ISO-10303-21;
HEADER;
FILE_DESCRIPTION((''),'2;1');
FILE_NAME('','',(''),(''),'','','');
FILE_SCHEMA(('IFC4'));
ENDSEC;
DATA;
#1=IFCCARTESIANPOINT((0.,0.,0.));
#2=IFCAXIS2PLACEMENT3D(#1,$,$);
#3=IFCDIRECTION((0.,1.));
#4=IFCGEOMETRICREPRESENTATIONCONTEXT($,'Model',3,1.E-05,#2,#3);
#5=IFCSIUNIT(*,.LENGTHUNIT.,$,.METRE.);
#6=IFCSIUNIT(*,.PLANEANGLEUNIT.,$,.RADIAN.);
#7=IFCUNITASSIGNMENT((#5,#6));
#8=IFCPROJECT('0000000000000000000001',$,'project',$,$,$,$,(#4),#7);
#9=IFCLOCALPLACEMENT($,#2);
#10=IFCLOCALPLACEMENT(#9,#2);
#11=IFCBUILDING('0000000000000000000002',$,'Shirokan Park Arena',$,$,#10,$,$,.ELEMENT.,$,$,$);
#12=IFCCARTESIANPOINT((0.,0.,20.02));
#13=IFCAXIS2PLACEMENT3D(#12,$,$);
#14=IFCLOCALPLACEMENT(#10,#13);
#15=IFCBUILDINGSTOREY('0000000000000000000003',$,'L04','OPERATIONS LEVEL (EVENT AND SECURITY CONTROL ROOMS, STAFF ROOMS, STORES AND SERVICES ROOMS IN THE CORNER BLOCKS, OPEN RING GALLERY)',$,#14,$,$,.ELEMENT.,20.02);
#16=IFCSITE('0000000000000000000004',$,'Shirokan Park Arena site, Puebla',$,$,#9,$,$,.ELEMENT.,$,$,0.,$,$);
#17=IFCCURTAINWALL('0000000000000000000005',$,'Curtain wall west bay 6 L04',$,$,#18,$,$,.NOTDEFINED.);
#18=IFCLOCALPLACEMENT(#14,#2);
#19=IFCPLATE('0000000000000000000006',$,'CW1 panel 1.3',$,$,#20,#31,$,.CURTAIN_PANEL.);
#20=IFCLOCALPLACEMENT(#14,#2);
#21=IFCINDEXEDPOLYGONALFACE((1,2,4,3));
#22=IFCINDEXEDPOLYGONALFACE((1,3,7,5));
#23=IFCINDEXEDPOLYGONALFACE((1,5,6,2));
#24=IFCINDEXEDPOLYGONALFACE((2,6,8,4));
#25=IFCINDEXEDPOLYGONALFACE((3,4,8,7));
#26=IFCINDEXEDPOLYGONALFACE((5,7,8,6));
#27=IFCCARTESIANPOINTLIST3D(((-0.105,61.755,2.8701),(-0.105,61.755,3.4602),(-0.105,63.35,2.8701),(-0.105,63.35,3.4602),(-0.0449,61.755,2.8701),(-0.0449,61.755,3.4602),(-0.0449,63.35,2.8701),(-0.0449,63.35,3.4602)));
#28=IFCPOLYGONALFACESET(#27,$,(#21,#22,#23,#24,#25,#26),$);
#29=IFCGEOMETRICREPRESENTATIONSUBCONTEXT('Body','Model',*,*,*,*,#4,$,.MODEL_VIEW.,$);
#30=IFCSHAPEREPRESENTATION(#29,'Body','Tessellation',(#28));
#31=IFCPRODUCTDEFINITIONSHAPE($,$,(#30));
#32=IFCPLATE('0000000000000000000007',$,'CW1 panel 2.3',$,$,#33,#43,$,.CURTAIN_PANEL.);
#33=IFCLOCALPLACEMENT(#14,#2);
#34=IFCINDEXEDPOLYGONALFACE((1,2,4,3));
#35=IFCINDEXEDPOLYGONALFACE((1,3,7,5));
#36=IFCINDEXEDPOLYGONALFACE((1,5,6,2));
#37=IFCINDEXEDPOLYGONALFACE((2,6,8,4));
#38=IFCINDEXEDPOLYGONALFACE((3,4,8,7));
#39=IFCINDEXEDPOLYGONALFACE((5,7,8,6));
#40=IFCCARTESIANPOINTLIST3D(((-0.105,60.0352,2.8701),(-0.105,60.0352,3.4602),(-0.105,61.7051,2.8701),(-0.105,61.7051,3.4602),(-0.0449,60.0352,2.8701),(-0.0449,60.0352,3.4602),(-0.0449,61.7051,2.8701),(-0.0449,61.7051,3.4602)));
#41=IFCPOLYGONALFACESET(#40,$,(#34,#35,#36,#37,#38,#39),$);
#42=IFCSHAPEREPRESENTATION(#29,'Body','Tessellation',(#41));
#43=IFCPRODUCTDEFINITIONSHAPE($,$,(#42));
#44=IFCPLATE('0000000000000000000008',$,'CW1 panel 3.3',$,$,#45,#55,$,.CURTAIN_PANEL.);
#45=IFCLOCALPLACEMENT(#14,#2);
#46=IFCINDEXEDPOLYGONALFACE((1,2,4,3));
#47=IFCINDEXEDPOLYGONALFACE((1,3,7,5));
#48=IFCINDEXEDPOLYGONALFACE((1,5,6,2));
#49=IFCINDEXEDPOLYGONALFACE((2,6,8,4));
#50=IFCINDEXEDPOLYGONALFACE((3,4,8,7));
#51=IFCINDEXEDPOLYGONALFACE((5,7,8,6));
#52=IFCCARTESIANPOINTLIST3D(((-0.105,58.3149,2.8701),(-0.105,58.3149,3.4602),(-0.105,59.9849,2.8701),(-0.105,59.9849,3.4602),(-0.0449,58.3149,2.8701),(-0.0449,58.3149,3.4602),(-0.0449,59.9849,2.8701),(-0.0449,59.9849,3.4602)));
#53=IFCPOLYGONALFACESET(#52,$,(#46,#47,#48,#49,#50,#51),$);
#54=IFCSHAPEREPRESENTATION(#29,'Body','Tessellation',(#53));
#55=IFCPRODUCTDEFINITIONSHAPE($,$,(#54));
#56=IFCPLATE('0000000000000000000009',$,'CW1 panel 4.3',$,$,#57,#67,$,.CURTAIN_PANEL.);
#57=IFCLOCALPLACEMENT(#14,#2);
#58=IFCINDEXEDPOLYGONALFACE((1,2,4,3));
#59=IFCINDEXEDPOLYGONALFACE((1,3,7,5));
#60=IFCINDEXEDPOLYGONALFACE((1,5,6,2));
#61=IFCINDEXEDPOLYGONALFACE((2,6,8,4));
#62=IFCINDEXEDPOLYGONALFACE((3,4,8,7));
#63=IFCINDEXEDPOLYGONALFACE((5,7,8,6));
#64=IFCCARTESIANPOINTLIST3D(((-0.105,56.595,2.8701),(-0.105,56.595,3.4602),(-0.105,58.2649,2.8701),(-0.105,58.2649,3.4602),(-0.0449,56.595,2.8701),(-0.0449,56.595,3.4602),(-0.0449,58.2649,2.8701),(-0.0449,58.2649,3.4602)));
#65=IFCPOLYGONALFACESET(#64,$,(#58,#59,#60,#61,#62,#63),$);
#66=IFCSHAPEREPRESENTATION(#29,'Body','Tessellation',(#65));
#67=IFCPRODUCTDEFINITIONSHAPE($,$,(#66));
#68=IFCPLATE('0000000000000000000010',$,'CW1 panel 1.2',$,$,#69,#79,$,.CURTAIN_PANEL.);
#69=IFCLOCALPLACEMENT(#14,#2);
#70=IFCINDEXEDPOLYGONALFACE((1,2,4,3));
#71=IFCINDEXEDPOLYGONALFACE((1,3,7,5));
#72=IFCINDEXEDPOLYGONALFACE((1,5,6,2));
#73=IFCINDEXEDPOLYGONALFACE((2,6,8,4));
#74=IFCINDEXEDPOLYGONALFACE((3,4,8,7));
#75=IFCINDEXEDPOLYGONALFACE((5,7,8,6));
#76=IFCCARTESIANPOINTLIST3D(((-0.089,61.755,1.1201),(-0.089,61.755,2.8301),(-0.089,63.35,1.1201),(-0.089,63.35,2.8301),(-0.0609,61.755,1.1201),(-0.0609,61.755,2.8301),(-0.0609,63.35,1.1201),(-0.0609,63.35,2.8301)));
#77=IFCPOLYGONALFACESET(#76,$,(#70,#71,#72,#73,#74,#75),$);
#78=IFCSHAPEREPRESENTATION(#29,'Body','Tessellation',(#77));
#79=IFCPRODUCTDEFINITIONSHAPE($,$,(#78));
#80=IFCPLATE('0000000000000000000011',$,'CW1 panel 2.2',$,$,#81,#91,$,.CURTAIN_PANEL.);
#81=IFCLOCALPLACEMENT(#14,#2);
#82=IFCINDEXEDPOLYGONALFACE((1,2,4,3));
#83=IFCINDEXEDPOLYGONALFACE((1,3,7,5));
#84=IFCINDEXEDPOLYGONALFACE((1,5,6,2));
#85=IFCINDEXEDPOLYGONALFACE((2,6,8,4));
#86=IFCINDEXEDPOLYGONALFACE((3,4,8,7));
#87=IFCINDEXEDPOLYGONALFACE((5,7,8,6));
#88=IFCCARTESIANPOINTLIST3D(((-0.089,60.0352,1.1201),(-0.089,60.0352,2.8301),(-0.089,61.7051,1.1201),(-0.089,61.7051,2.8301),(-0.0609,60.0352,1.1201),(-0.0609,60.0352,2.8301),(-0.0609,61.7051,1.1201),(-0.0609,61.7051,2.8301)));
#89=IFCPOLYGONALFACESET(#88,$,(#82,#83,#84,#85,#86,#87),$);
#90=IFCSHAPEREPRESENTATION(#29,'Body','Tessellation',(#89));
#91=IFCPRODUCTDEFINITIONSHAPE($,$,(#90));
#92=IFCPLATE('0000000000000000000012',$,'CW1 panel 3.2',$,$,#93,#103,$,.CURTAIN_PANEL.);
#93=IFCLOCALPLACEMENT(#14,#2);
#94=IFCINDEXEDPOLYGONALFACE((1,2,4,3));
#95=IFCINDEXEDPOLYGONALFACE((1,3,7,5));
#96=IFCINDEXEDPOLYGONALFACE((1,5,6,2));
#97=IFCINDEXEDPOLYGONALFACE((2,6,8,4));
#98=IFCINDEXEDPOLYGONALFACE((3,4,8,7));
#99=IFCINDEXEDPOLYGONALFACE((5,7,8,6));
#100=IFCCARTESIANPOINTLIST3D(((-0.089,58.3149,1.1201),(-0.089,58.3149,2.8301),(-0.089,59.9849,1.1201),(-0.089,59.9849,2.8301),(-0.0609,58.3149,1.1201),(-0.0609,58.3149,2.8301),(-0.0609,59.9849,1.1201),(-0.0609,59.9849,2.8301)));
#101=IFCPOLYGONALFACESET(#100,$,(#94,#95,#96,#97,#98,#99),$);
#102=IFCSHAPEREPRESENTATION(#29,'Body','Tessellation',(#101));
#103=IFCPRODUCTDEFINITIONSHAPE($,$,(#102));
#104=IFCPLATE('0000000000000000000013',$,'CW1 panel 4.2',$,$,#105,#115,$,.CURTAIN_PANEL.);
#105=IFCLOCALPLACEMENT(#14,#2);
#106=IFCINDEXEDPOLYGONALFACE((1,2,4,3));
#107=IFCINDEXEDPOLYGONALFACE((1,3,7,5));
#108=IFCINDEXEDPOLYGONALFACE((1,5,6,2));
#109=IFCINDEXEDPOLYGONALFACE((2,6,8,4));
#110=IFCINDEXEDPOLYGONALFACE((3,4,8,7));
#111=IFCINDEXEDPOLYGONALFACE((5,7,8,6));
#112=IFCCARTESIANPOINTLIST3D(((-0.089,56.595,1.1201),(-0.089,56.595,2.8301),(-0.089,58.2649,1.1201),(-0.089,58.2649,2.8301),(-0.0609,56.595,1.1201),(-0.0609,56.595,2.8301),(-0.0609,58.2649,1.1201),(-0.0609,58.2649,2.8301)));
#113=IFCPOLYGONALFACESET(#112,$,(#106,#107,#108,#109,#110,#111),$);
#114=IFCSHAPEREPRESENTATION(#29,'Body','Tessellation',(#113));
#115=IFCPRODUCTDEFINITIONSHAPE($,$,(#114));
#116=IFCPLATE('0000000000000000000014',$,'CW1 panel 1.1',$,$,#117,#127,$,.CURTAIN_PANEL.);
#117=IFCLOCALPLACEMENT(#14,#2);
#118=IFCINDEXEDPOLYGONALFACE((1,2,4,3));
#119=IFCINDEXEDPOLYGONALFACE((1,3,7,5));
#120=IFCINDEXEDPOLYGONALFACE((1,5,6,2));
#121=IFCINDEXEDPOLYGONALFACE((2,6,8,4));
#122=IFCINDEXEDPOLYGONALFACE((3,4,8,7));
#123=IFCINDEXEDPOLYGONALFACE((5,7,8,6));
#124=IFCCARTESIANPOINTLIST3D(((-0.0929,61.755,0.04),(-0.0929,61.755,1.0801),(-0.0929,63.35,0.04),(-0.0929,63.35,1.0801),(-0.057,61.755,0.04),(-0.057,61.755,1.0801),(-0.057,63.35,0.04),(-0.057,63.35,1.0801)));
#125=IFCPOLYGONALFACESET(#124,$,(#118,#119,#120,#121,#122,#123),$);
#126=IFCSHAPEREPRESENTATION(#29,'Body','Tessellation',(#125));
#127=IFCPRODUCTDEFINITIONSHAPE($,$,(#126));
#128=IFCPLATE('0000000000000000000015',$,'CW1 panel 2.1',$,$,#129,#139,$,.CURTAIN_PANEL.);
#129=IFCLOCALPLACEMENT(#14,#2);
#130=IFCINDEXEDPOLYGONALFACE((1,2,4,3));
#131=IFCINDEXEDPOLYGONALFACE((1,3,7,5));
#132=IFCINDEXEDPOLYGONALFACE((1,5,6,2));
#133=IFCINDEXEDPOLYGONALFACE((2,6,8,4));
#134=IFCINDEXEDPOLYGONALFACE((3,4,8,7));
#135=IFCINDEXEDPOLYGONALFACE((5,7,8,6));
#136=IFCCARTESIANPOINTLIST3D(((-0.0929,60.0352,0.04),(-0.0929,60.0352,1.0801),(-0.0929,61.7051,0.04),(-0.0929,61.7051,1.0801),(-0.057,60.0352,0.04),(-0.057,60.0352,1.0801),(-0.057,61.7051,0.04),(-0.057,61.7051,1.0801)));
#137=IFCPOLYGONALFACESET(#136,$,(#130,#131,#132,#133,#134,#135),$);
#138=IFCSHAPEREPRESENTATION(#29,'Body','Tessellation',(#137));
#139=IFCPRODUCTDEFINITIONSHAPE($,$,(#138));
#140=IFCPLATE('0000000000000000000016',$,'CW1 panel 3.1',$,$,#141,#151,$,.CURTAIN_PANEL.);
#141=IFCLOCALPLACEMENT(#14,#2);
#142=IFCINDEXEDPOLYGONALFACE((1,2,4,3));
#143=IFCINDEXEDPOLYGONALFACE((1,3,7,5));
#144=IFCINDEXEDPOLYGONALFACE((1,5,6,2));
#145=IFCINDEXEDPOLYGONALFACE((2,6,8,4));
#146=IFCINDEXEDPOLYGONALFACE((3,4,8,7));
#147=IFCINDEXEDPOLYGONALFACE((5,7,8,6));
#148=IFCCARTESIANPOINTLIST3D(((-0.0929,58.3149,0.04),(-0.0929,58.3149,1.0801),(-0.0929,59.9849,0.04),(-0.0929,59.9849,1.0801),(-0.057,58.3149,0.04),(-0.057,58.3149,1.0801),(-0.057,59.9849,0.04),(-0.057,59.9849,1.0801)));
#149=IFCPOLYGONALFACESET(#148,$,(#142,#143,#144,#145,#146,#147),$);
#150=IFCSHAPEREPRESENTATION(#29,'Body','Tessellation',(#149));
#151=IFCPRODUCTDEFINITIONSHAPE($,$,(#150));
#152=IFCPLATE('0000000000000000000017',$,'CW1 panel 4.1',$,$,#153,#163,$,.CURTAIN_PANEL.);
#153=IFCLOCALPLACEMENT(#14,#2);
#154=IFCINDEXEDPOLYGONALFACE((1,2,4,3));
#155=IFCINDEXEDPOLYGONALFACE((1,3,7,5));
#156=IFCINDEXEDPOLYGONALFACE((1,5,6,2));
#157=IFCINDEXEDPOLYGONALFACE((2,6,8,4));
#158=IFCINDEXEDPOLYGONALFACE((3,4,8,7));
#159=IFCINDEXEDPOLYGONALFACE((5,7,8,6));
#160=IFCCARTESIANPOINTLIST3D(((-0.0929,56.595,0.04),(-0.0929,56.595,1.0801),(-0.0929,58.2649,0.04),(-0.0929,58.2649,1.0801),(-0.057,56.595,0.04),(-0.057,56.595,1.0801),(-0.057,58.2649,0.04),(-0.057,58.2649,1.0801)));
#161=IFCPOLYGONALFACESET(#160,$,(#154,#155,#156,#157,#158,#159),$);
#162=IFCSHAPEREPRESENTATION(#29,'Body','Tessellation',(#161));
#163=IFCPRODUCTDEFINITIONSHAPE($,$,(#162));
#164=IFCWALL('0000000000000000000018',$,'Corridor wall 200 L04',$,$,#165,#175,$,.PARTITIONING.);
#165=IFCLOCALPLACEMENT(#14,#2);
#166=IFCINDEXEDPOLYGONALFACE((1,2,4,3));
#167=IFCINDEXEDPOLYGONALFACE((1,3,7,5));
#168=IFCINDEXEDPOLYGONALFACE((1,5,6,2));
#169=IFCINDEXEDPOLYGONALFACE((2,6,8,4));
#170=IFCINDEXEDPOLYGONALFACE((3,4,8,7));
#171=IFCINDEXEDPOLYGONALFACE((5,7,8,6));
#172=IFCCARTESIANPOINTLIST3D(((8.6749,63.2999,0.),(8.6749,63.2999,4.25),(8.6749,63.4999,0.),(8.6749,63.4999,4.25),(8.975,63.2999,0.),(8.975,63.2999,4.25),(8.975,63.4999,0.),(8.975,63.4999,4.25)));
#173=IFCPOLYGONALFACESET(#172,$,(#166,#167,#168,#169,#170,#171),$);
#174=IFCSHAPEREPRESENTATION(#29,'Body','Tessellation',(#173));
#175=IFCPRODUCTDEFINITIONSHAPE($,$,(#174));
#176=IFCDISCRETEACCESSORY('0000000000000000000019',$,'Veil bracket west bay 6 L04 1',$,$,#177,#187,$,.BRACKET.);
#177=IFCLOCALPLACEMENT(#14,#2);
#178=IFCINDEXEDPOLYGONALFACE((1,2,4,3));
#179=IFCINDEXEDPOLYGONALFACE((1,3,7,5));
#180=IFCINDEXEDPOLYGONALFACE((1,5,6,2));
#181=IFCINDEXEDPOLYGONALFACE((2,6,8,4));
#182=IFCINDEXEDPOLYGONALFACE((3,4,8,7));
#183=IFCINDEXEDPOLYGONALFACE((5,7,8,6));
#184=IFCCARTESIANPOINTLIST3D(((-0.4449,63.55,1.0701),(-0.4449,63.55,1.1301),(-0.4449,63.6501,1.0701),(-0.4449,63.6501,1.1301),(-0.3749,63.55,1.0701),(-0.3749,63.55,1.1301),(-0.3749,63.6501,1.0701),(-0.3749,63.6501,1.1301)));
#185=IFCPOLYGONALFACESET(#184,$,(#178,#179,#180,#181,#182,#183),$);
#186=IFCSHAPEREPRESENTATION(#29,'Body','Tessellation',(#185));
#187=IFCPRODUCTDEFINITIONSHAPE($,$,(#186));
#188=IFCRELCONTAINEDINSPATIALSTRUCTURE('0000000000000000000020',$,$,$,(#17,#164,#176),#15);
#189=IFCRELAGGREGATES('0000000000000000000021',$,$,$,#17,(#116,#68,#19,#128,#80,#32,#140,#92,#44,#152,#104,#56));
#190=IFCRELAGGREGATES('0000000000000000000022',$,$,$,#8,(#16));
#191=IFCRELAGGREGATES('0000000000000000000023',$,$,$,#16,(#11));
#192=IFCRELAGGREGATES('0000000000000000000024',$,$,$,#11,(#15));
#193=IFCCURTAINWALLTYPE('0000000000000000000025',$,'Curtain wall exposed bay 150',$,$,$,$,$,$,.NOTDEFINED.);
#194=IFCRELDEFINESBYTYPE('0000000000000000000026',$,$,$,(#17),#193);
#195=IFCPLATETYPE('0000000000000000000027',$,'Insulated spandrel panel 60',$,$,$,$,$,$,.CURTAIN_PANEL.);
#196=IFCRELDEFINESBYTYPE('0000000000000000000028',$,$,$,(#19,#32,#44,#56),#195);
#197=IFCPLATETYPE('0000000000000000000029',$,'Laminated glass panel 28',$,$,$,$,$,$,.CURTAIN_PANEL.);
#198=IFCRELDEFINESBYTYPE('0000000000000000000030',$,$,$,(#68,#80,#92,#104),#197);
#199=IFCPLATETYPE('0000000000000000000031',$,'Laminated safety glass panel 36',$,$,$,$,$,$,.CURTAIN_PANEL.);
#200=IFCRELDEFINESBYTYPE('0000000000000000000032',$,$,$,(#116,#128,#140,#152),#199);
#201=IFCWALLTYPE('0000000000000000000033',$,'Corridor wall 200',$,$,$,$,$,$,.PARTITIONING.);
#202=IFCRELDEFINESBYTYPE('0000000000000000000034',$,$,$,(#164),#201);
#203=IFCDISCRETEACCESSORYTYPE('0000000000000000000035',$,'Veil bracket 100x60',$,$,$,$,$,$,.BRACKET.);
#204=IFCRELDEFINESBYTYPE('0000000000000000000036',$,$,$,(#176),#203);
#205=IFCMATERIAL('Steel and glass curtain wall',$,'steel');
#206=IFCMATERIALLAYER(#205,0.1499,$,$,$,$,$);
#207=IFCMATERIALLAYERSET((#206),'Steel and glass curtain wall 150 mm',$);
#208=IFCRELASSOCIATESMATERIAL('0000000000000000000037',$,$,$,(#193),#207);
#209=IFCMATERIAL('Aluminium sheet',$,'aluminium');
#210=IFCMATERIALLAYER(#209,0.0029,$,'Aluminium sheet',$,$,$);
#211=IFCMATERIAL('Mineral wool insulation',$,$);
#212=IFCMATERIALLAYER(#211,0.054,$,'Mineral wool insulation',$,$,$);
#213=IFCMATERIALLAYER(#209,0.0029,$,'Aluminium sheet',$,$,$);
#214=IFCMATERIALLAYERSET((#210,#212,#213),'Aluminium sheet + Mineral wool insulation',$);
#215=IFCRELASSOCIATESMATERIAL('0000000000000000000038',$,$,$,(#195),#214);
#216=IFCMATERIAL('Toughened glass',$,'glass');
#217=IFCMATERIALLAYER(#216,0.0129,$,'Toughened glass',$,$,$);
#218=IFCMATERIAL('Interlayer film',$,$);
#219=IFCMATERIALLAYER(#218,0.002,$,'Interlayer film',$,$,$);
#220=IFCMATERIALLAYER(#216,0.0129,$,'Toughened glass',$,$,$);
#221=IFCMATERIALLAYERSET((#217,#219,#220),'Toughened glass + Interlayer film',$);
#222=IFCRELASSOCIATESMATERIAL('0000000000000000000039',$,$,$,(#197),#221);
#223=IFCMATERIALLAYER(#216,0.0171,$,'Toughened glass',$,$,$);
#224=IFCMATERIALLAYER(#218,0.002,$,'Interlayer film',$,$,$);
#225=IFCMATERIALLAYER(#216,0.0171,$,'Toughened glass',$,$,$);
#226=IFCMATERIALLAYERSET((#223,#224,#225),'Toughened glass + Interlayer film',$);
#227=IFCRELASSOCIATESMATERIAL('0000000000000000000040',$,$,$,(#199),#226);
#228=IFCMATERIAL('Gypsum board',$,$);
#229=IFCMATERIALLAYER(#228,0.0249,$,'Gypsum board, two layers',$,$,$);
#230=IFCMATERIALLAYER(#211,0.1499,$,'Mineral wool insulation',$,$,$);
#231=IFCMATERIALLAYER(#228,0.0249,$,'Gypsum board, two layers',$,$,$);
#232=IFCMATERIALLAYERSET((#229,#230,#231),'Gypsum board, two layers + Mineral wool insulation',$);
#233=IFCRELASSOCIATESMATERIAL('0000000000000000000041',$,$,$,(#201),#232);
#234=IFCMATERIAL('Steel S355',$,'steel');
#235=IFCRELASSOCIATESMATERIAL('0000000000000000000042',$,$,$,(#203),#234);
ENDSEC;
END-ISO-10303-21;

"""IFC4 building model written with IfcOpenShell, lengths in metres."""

from ifc_helpers import new_model, si_unit, direction, frame, frame_2d, origin, origin_2d, place, context, subcontext, project, spatial, rectangle, extrude, material, layer, layer_set, type_object, element, aggregate, save


model = new_model("IFC4")

# Units and contexts
model_context = context("Model", 3, precision=1e-05, world=origin(), true_north=direction((0.0, 1.0)))
body_context = subcontext(model_context, "Body", "Model", "MODEL_VIEW")
ifc_project = project(units=[si_unit("LENGTHUNIT", "METRE"), si_unit("PLANEANGLEUNIT", "RADIAN")], contexts=[model_context])

# Site, building, storey
site_placement = place(None, origin())
site = spatial("IfcSite", under=ifc_project, at=site_placement, Name="Shirokan Park Arena site, Puebla", CompositionType="ELEMENT", RefElevation=0.0)
building_placement = place(site_placement, origin())
building = spatial("IfcBuilding", under=site, at=building_placement, Name="Shirokan Park Arena", CompositionType="ELEMENT")
storey_placement = place(building_placement, frame((0.0, 0.0, 20.02)))
storey = spatial("IfcBuildingStorey", under=building, at=storey_placement, Name="L04", Description="OPERATIONS LEVEL (EVENT AND SECURITY CONTROL ROOMS, STAFF ROOMS, STORES AND SERVICES ROOMS IN THE CORNER BLOCKS, OPEN RING GALLERY)", CompositionType="ELEMENT", Elevation=20.02)

# Curtain wall, plates
ifc_material_1 = material(Name="Steel and glass curtain wall", Category="steel")
ifc_layer_1 = layer(ifc_material_1, 0.1499)
ifc_layer_set_1 = layer_set([ifc_layer_1], Name="Steel and glass curtain wall 150 mm")
curtain_wall_type = type_object("IfcCurtainWallType", Name="Curtain wall exposed bay 150", PredefinedType="NOTDEFINED", material=ifc_layer_set_1)
curtain_wall_placement = place(storey_placement, origin())
curtain_wall = element("IfcCurtainWall", 1, at=curtain_wall_placement, inside=storey, type_object=curtain_wall_type, Name="Curtain wall west bay 6 L04", PredefinedType="NOTDEFINED")
ifc_material_2 = material(Name="Steel S355", Category="steel")
ifc_material_3 = material(Name="Aluminium sheet", Category="aluminium")
ifc_layer_2 = layer(ifc_material_3, 0.0029, Name="Aluminium sheet")
ifc_material_4 = material(Name="Mineral wool insulation")
ifc_layer_3 = layer(ifc_material_4, 0.054, Name="Mineral wool insulation")
ifc_layer_4 = layer(ifc_material_3, 0.0029, Name="Aluminium sheet")
ifc_layer_set_2 = layer_set([ifc_layer_2, ifc_layer_3, ifc_layer_4], Name="Aluminium sheet + Mineral wool insulation")
plate_type_1 = type_object("IfcPlateType", Name="Insulated spandrel panel 60", PredefinedType="CURTAIN_PANEL", material=ifc_layer_set_2)
plate_1_placement = place(storey_placement, frame((-0.075, 62.5525, 2.8701), z_axis=(0.0, 0.0, 1.0), x_axis=(0.0, -1.0, 0.0)))
plate_1 = element("IfcPlate", 2, at=plate_1_placement, type_object=plate_type_1, Name="CW1 panel 1.3", PredefinedType="CURTAIN_PANEL", context=body_context, shape_type="SweptSolid", body=[
    extrude(rectangle(XDim=1.595, YDim=0.0601, at=origin_2d()), origin(), (0.0, 0.0, 1.0), 0.5901),
])
plate_2_placement = place(storey_placement, frame((-0.075, 60.8701, 2.8701), z_axis=(0.0, 0.0, 1.0), x_axis=(0.0, -1.0, 0.0)))
plate_2 = element("IfcPlate", 3, at=plate_2_placement, type_object=plate_type_1, Name="CW1 panel 2.3", PredefinedType="CURTAIN_PANEL", context=body_context, shape_type="SweptSolid", body=[
    extrude(rectangle(XDim=1.6699, YDim=0.0601, at=origin_2d()), origin(), (0.0, 0.0, 1.0), 0.5901),
])
plate_3_placement = place(storey_placement, frame((-0.075, 59.1499, 2.8701), z_axis=(0.0, 0.0, 1.0), x_axis=(0.0, -1.0, 0.0)))
plate_3 = element("IfcPlate", 4, at=plate_3_placement, type_object=plate_type_1, Name="CW1 panel 3.3", PredefinedType="CURTAIN_PANEL", context=body_context, shape_type="SweptSolid", body=[
    extrude(rectangle(XDim=1.6699, YDim=0.0601, at=origin_2d()), origin(), (0.0, 0.0, 1.0), 0.5901),
])
plate_4_placement = place(storey_placement, frame((-0.075, 57.4299, 2.8701), z_axis=(0.0, 0.0, 1.0), x_axis=(0.0, -1.0, 0.0)))
plate_4 = element("IfcPlate", 5, at=plate_4_placement, type_object=plate_type_1, Name="CW1 panel 4.3", PredefinedType="CURTAIN_PANEL", context=body_context, shape_type="SweptSolid", body=[
    extrude(rectangle(XDim=1.6699, YDim=0.0601, at=origin_2d()), origin(), (0.0, 0.0, 1.0), 0.5901),
])
ifc_material_5 = material(Name="Toughened glass", Category="glass")
ifc_layer_5 = layer(ifc_material_5, 0.0129, Name="Toughened glass")
ifc_material_6 = material(Name="Interlayer film")
ifc_layer_6 = layer(ifc_material_6, 0.002, Name="Interlayer film")
ifc_layer_7 = layer(ifc_material_5, 0.0129, Name="Toughened glass")
ifc_layer_set_3 = layer_set([ifc_layer_5, ifc_layer_6, ifc_layer_7], Name="Toughened glass + Interlayer film")
plate_type_2 = type_object("IfcPlateType", Name="Laminated glass panel 28", PredefinedType="CURTAIN_PANEL", material=ifc_layer_set_3)
plate_5_placement = place(storey_placement, frame((-0.075, 62.5525, 1.1201), z_axis=(0.0, 0.0, 1.0), x_axis=(0.0, -1.0, 0.0)))
plate_5 = element("IfcPlate", 6, at=plate_5_placement, type_object=plate_type_2, Name="CW1 panel 1.2", PredefinedType="CURTAIN_PANEL", context=body_context, shape_type="SweptSolid", body=[
    extrude(rectangle(XDim=1.595, YDim=0.0281, at=origin_2d()), origin(), (0.0, 0.0, 1.0), 1.71),
])
plate_6_placement = place(storey_placement, frame((-0.075, 60.8701, 1.1201), z_axis=(0.0, 0.0, 1.0), x_axis=(0.0, -1.0, 0.0)))
plate_6 = element("IfcPlate", 7, at=plate_6_placement, type_object=plate_type_2, Name="CW1 panel 2.2", PredefinedType="CURTAIN_PANEL", context=body_context, shape_type="SweptSolid", body=[
    extrude(rectangle(XDim=1.6699, YDim=0.0281, at=origin_2d()), origin(), (0.0, 0.0, 1.0), 1.71),
])
plate_7_placement = place(storey_placement, frame((-0.075, 59.1499, 1.1201), z_axis=(0.0, 0.0, 1.0), x_axis=(0.0, -1.0, 0.0)))
plate_7 = element("IfcPlate", 8, at=plate_7_placement, type_object=plate_type_2, Name="CW1 panel 3.2", PredefinedType="CURTAIN_PANEL", context=body_context, shape_type="SweptSolid", body=[
    extrude(rectangle(XDim=1.6699, YDim=0.0281, at=origin_2d()), origin(), (0.0, 0.0, 1.0), 1.71),
])
plate_8_placement = place(storey_placement, frame((-0.075, 57.4299, 1.1201), z_axis=(0.0, 0.0, 1.0), x_axis=(0.0, -1.0, 0.0)))
plate_8 = element("IfcPlate", 9, at=plate_8_placement, type_object=plate_type_2, Name="CW1 panel 4.2", PredefinedType="CURTAIN_PANEL", context=body_context, shape_type="SweptSolid", body=[
    extrude(rectangle(XDim=1.6699, YDim=0.0281, at=origin_2d()), origin(), (0.0, 0.0, 1.0), 1.71),
])
ifc_layer_8 = layer(ifc_material_5, 0.0171, Name="Toughened glass")
ifc_layer_9 = layer(ifc_material_6, 0.002, Name="Interlayer film")
ifc_layer_10 = layer(ifc_material_5, 0.0171, Name="Toughened glass")
ifc_layer_set_4 = layer_set([ifc_layer_8, ifc_layer_9, ifc_layer_10], Name="Toughened glass + Interlayer film")
plate_type_3 = type_object("IfcPlateType", Name="Laminated safety glass panel 36", PredefinedType="CURTAIN_PANEL", material=ifc_layer_set_4)
plate_9_placement = place(storey_placement, frame((-0.075, 62.5525, 0.04), z_axis=(0.0, 0.0, 1.0), x_axis=(0.0, -1.0, 0.0)))
plate_9 = element("IfcPlate", 10, at=plate_9_placement, type_object=plate_type_3, Name="CW1 panel 1.1", PredefinedType="CURTAIN_PANEL", context=body_context, shape_type="SweptSolid", body=[
    extrude(rectangle(XDim=1.595, YDim=0.0359, at=origin_2d()), origin(), (0.0, 0.0, 1.0), 1.04),
])
plate_10_placement = place(storey_placement, frame((-0.075, 60.8701, 0.04), z_axis=(0.0, 0.0, 1.0), x_axis=(0.0, -1.0, 0.0)))
plate_10 = element("IfcPlate", 11, at=plate_10_placement, type_object=plate_type_3, Name="CW1 panel 2.1", PredefinedType="CURTAIN_PANEL", context=body_context, shape_type="SweptSolid", body=[
    extrude(rectangle(XDim=1.6699, YDim=0.0359, at=origin_2d()), origin(), (0.0, 0.0, 1.0), 1.04),
])
plate_11_placement = place(storey_placement, frame((-0.075, 59.1499, 0.04), z_axis=(0.0, 0.0, 1.0), x_axis=(0.0, -1.0, 0.0)))
plate_11 = element("IfcPlate", 12, at=plate_11_placement, type_object=plate_type_3, Name="CW1 panel 3.1", PredefinedType="CURTAIN_PANEL", context=body_context, shape_type="SweptSolid", body=[
    extrude(rectangle(XDim=1.6699, YDim=0.0359, at=origin_2d()), origin(), (0.0, 0.0, 1.0), 1.04),
])
plate_12_placement = place(storey_placement, frame((-0.075, 57.4299, 0.04), z_axis=(0.0, 0.0, 1.0), x_axis=(0.0, -1.0, 0.0)))
plate_12 = element("IfcPlate", 13, at=plate_12_placement, type_object=plate_type_3, Name="CW1 panel 4.1", PredefinedType="CURTAIN_PANEL", context=body_context, shape_type="SweptSolid", body=[
    extrude(rectangle(XDim=1.6699, YDim=0.0359, at=origin_2d()), origin(), (0.0, 0.0, 1.0), 1.04),
])
aggregate(curtain_wall, [plate_9, plate_5, plate_1, plate_10, plate_6, plate_2, plate_11, plate_7, plate_3, plate_12, plate_8, plate_4])

# Wall
ifc_material_7 = material(Name="Gypsum board")
ifc_layer_11 = layer(ifc_material_7, 0.0249, Name="Gypsum board, two layers")
ifc_layer_12 = layer(ifc_material_4, 0.1499, Name="Mineral wool insulation")
ifc_layer_13 = layer(ifc_material_7, 0.0249, Name="Gypsum board, two layers")
ifc_layer_set_5 = layer_set([ifc_layer_11, ifc_layer_12, ifc_layer_13], Name="Gypsum board, two layers + Mineral wool insulation")
wall_type = type_object("IfcWallType", Name="Corridor wall 200", PredefinedType="PARTITIONING", material=ifc_layer_set_5)
wall_placement = place(storey_placement, frame((8.675, 63.3999, 0.0), z_axis=(0.0, 0.0, 1.0), x_axis=(1.0, 0.0, 0.0)))
element("IfcWall", 14, at=wall_placement, inside=storey, type_object=wall_type, Name="Corridor wall 200 L04", PredefinedType="PARTITIONING", context=body_context, shape_type="SweptSolid", body=[
    extrude(rectangle(XDim=0.3, YDim=0.2, at=frame_2d((0.1499, 0.0))), origin(), (0.0, 0.0, 1.0), 4.25),
])

# Discrete accessory
discrete_accessory_type = type_object("IfcDiscreteAccessoryType", Name="Veil bracket 100x60", PredefinedType="BRACKET", material=ifc_material_2)
for number, where, z_axis, x_axis, name in (
    (15, (-0.4099, 63.6001, 1.0701), (0.0, 0.0, 1.0), (0.0, -1.0, 0.0), "Veil bracket west bay 6 L04 1"),
):
    element("IfcDiscreteAccessory", number, at=place(storey_placement, frame(where, z_axis=z_axis, x_axis=x_axis)), inside=storey, type_object=discrete_accessory_type, Name=name, PredefinedType="BRACKET", context=body_context, shape_type="SweptSolid", body=[
        extrude(rectangle(XDim=0.1001, YDim=0.0701, at=origin_2d()), origin(), (0.0, 0.0, 1.0), 0.0601),
    ])

save(model, "model.ifc")
